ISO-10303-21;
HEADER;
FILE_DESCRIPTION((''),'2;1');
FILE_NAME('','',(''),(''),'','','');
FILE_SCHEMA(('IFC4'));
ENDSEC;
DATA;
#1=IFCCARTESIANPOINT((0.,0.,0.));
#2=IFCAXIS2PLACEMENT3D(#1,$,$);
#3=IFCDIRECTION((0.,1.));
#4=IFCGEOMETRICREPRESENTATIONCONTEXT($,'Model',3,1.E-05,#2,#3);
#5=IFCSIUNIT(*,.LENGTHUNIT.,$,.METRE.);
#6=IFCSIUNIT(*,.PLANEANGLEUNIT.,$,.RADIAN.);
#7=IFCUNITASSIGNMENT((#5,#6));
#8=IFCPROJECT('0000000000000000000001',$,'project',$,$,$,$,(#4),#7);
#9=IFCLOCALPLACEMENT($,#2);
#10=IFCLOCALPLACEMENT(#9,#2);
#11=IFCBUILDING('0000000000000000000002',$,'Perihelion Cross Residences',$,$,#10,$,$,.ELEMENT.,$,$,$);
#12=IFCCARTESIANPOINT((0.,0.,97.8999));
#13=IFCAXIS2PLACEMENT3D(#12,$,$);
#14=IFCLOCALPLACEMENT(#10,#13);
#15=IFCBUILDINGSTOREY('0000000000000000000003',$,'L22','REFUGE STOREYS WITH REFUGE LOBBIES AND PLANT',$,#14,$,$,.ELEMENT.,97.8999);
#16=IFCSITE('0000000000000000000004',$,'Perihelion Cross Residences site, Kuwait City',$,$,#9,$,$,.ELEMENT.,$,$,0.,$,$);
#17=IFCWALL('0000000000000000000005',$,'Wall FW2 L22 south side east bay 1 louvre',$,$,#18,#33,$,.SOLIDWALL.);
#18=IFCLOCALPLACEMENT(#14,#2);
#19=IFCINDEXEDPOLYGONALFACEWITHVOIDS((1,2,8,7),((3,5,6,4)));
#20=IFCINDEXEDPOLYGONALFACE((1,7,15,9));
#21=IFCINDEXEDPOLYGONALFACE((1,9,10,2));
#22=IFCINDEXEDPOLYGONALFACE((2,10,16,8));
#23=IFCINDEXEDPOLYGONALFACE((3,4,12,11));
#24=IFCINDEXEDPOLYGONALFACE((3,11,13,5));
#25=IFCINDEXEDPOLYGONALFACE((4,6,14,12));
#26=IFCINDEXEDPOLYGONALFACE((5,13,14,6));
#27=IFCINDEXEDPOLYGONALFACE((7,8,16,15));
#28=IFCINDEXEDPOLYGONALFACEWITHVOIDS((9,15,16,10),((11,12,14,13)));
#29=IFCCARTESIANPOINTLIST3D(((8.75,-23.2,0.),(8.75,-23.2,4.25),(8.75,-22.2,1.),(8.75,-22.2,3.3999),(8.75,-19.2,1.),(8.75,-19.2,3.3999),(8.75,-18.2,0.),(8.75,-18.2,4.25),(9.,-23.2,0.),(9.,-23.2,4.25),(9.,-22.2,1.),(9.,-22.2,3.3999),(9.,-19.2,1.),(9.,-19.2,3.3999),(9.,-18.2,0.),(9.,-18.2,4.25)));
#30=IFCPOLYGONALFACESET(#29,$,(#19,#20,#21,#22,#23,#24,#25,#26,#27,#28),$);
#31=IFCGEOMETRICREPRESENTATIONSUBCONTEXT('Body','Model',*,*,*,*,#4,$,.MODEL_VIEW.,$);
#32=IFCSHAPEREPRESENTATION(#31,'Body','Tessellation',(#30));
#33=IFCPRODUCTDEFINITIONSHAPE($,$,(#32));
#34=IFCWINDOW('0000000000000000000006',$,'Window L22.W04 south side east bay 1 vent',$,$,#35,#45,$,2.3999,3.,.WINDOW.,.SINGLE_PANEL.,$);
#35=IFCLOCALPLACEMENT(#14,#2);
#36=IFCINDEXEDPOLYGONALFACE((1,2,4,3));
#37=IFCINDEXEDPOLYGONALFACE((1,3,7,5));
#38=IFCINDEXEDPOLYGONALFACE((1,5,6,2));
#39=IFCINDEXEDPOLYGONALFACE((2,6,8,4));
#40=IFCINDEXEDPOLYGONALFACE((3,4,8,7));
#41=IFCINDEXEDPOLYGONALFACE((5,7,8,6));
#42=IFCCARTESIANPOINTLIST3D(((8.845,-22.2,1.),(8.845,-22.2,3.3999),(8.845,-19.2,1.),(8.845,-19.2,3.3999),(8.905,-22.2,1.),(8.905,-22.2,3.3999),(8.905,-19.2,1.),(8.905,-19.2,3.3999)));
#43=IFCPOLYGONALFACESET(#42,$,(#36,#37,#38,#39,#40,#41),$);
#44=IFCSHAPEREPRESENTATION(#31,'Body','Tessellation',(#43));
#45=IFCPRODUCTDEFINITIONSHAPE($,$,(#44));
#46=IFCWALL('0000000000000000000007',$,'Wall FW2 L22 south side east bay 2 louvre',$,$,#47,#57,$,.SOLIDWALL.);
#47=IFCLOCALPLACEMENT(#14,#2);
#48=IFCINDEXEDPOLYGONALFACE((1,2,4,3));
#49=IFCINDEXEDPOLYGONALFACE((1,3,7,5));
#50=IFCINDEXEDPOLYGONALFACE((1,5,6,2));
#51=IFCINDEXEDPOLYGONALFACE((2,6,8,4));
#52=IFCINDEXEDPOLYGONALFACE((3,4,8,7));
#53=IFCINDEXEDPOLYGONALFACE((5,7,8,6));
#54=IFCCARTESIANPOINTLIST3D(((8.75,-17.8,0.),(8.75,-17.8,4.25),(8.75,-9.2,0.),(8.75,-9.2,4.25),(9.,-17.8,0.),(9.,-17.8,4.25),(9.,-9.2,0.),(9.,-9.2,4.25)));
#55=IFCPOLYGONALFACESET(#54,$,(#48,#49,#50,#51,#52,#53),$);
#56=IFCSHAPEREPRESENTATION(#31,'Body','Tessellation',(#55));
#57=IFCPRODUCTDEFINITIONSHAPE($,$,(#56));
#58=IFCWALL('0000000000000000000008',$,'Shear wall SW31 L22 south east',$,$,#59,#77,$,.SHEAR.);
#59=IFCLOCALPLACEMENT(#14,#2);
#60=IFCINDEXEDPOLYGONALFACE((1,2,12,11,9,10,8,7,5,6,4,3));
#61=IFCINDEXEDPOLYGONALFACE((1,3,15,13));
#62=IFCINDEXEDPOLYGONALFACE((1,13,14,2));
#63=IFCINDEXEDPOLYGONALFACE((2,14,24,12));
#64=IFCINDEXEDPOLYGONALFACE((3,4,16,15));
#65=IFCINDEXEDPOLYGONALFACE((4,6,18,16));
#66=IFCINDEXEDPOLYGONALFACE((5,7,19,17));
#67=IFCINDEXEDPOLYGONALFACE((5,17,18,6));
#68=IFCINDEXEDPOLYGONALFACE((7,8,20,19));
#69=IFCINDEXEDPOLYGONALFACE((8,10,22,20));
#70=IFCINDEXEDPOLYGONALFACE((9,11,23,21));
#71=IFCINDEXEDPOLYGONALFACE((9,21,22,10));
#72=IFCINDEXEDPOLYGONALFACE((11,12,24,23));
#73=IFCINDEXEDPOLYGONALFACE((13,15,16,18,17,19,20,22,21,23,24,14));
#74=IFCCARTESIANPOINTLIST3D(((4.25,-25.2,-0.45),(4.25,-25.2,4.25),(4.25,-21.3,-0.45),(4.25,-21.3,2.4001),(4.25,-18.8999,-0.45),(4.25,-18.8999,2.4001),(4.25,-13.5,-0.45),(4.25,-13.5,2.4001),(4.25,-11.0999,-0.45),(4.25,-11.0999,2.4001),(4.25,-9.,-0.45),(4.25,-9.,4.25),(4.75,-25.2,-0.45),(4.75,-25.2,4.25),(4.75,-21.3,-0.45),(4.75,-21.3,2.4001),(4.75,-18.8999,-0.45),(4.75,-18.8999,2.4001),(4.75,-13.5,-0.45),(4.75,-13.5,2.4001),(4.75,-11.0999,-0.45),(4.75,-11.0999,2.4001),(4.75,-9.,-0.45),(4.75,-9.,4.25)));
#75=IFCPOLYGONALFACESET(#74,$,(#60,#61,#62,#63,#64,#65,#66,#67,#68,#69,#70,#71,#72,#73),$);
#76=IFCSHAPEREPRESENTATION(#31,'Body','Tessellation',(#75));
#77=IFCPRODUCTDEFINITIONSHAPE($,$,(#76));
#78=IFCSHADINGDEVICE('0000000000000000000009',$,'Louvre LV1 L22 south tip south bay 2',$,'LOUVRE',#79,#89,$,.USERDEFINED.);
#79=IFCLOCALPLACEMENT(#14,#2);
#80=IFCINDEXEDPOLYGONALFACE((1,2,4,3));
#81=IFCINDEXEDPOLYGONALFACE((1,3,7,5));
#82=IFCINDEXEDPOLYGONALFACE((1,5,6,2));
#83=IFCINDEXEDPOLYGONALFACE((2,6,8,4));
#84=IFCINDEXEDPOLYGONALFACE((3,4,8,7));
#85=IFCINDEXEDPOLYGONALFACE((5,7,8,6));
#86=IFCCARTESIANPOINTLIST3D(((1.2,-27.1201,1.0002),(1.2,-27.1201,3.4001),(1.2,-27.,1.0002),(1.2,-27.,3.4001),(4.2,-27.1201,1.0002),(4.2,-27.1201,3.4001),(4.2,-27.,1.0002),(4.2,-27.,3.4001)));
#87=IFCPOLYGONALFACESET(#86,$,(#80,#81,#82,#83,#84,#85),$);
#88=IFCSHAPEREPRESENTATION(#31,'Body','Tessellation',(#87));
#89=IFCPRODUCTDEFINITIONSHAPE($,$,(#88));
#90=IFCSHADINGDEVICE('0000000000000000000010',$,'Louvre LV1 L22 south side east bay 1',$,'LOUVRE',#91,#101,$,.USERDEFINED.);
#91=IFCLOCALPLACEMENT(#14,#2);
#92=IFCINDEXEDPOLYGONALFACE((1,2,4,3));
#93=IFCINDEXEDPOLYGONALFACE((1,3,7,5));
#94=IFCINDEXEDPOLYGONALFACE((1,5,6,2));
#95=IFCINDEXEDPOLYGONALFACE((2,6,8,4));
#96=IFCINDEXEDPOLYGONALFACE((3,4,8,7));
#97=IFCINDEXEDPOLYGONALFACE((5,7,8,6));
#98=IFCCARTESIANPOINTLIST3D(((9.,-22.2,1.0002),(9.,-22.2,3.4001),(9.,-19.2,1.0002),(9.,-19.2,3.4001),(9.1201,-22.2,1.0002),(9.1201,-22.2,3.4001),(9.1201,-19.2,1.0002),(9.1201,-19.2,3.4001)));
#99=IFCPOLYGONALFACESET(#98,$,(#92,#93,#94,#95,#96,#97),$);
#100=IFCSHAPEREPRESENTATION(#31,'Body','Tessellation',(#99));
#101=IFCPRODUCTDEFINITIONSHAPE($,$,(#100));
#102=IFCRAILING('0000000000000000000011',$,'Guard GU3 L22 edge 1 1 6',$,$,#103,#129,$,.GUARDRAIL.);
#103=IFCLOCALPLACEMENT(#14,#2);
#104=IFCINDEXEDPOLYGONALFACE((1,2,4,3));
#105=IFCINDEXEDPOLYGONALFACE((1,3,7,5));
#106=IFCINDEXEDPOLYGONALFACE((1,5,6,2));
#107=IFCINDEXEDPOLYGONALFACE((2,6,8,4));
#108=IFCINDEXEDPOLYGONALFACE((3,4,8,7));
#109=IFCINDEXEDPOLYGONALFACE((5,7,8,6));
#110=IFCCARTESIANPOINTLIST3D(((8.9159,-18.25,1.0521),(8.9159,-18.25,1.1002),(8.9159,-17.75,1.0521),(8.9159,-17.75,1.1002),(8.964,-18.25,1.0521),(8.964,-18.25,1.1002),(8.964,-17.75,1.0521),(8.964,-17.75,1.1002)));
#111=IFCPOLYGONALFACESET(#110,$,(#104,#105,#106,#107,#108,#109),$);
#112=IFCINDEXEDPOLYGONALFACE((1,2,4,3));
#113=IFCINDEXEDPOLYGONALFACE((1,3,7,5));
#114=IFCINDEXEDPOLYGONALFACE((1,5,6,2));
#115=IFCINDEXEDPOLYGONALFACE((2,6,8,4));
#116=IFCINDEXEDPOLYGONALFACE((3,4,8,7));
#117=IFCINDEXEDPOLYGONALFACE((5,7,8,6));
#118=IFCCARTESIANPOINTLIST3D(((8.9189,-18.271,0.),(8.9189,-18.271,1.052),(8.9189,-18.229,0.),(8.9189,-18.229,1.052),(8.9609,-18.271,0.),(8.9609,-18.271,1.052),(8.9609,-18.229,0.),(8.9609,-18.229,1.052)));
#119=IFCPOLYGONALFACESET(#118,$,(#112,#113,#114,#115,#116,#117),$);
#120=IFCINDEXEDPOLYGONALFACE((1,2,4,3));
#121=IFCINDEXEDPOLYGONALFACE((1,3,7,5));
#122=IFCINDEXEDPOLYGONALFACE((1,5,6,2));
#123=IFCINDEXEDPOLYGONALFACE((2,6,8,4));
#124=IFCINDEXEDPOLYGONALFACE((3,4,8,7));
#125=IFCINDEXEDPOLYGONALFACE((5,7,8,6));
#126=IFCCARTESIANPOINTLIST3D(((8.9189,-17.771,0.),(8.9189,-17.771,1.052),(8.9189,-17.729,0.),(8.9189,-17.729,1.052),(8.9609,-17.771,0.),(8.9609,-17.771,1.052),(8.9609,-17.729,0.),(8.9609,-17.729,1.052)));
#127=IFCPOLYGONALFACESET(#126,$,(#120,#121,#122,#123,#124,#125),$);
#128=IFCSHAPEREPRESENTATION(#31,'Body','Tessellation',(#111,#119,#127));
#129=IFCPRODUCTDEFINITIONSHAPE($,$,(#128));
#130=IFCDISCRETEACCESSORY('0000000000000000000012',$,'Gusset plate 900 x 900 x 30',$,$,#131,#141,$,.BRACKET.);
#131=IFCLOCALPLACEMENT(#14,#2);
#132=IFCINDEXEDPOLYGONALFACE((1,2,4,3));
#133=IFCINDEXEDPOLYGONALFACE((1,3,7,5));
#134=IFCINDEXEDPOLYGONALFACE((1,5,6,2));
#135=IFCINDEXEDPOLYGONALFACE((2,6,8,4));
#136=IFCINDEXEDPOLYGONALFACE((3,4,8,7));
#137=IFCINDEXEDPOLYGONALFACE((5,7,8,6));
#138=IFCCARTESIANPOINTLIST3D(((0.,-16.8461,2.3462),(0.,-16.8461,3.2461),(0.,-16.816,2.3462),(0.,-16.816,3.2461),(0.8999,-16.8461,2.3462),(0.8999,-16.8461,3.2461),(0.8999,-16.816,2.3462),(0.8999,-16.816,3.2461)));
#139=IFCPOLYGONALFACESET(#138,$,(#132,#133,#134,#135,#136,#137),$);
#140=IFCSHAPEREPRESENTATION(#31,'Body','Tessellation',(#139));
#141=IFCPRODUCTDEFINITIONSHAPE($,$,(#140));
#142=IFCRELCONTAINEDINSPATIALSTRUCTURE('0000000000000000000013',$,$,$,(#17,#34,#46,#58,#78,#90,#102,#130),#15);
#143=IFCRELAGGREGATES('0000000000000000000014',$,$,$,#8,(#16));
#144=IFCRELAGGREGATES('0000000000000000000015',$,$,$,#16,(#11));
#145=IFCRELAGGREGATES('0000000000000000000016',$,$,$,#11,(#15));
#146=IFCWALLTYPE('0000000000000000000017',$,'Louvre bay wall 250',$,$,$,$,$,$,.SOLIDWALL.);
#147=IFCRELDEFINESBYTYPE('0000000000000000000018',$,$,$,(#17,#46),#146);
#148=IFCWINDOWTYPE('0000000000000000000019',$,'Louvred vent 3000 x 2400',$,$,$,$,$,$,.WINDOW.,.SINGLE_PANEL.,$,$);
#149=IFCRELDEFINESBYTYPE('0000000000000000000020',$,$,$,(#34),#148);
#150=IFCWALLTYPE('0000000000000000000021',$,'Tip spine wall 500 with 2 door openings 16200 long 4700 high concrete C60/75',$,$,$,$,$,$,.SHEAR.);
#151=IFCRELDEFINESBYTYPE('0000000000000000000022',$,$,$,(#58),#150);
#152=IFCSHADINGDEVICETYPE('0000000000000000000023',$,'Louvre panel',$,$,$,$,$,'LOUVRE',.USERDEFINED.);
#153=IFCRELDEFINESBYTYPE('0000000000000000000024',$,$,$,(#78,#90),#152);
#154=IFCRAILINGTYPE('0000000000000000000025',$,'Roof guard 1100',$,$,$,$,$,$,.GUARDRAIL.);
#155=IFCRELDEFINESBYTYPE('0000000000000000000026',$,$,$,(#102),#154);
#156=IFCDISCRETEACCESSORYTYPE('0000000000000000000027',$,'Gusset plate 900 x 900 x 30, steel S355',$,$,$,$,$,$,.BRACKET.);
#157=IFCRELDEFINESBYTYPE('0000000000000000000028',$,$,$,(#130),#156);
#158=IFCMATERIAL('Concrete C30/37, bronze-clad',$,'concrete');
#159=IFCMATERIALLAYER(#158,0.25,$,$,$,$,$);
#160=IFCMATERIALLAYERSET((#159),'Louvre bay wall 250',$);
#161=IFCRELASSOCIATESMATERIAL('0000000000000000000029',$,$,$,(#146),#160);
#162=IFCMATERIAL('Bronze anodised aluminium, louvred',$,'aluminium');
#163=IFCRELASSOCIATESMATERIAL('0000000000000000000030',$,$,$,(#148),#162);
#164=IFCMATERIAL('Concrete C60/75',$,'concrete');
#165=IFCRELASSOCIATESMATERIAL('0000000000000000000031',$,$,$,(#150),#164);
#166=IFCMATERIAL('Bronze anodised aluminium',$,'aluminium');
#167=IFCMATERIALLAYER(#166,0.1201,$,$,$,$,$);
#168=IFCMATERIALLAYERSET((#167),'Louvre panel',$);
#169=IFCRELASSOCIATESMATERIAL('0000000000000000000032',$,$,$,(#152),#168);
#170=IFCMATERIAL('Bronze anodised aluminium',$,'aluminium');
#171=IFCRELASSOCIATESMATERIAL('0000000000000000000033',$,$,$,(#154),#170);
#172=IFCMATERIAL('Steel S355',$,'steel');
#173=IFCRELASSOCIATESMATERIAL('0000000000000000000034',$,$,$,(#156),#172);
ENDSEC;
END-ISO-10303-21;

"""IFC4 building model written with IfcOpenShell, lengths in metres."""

from ifc_helpers import new_model, si_unit, direction, frame, frame_2d, origin, origin_2d, place, context, subcontext, project, spatial, polyline, rectangle, outline, extrude, material, layer, layer_set, material_profile, profile_set, type_object, element, fill, save


model = new_model("IFC4")

# Units and contexts
model_context = context("Model", 3, precision=1e-05, world=origin(), true_north=direction((0.0, 1.0)))
body_context = subcontext(model_context, "Body", "Model", "MODEL_VIEW")
ifc_project = project(units=[si_unit("LENGTHUNIT", "METRE"), si_unit("PLANEANGLEUNIT", "RADIAN")], contexts=[model_context])

# Site, building, storey
site_placement = place(None, origin())
site = spatial("IfcSite", under=ifc_project, at=site_placement, Name="Perihelion Cross Residences site, Kuwait City", CompositionType="ELEMENT", RefElevation=0.0)
building_placement = place(site_placement, origin())
building = spatial("IfcBuilding", under=site, at=building_placement, Name="Perihelion Cross Residences", CompositionType="ELEMENT")
storey_placement = place(building_placement, frame((0.0, 0.0, 97.8999)))
storey = spatial("IfcBuildingStorey", under=building, at=storey_placement, Name="L22", Description="REFUGE STOREYS WITH REFUGE LOBBIES AND PLANT", CompositionType="ELEMENT", Elevation=97.8999)

# Wall, opening, window
ifc_material_1 = material(Name="Concrete C30/37, bronze-clad", Category="concrete")
ifc_layer_1 = layer(ifc_material_1, 0.25)
ifc_layer_set_1 = layer_set([ifc_layer_1], Name="Louvre bay wall 250")
wall_type_1 = type_object("IfcWallType", Name="Louvre bay wall 250", PredefinedType="SOLIDWALL", material=ifc_layer_set_1)
ifc_material_2 = material(Name="Bronze anodised aluminium, louvred", Category="aluminium")
window_type = type_object("IfcWindowType", Name="Louvred vent 3000 x 2400", PartitioningType="SINGLE_PANEL", PredefinedType="WINDOW", material=ifc_material_2)
wall_1_placement = place(storey_placement, frame((8.875, -23.2, 0.0), z_axis=(0.0, 0.0, 1.0), x_axis=(0.0, 1.0, 0.0)))
wall_1 = element("IfcWall", 1, at=wall_1_placement, inside=storey, type_object=wall_type_1, Name="Wall FW2 L22 south side east bay 1 louvre", PredefinedType="SOLIDWALL", context=body_context, shape_type="SweptSolid", body=[
    extrude(rectangle(XDim=5.0, YDim=0.25, at=frame_2d((2.5, 0.0))), origin(), (0.0, 0.0, 1.0), 4.25),
])
opening_1_placement = place(wall_1_placement, frame((1.0, 0.0, 1.0)))
opening_1 = element("IfcOpeningElement", 2, at=opening_1_placement, cuts=wall_1, PredefinedType="OPENING", context=body_context, shape_type="SweptSolid", body=[
    extrude(rectangle(XDim=3.0, YDim=2.3999, at=frame_2d((1.5, 1.2))), frame((0.0, 0.135, 0.0), z_axis=(0.0, -1.0, 0.0), x_axis=(1.0, 0.0, 0.0)), (0.0, 0.0, 1.0), 0.27),
])
window_1_placement = place(opening_1_placement, origin())
window_1 = element("IfcWindow", 3, at=window_1_placement, inside=storey, type_object=window_type, Name="Window L22.W04 south side east bay 1 vent", OverallHeight=2.3999, OverallWidth=3.0, PartitioningType="SINGLE_PANEL", PredefinedType="WINDOW", context=body_context, shape_type="SweptSolid", body=[
    extrude(rectangle(XDim=3.0, YDim=2.3999, at=frame_2d((1.5, 1.2))), frame((0.0, 0.03, 0.0), z_axis=(0.0, -1.0, 0.0), x_axis=(1.0, 0.0, 0.0)), (0.0, 0.0, 1.0), 0.0601),
])
fill(opening_1, window_1)

# Walls
wall_2_placement = place(storey_placement, frame((8.875, -17.8, 0.0), z_axis=(0.0, 0.0, 1.0), x_axis=(0.0, 1.0, 0.0)))
element("IfcWall", 4, at=wall_2_placement, inside=storey, type_object=wall_type_1, Name="Wall FW2 L22 south side east bay 2 louvre", PredefinedType="SOLIDWALL", context=body_context, shape_type="SweptSolid", body=[
    extrude(rectangle(XDim=8.6001, YDim=0.25, at=frame_2d((4.3, 0.0))), origin(), (0.0, 0.0, 1.0), 4.25),
])
ifc_material_3 = material(Name="Concrete C60/75", Category="concrete")
ifc_material_profile_1 = material_profile(ifc_material_3, outline(polyline([(0.0, 0.0), (3.8999, 0.0), (3.8999, 2.8501), (6.3, 2.8501), (6.3, 0.0), (11.7, 0.0), (11.7, 2.8501), (14.1001, 2.8501), (14.1001, 0.0), (16.2, 0.0), (16.2, 4.7), (0.0, 4.7), (0.0, 0.0)])), Name="Tip spine wall")
ifc_profile_set_1 = profile_set([ifc_material_profile_1], Name="Concrete C60/75")
wall_type_2 = type_object("IfcWallType", Name="Tip spine wall 500 with 2 door openings 16200 long 4700 high concrete C60/75", PredefinedType="SHEAR", material=ifc_profile_set_1)
wall_3_placement = place(storey_placement, frame((4.25, -25.2, -0.45), z_axis=(1.0, 0.0, 0.0), x_axis=(0.0, 1.0, 0.0)))
element("IfcWall", 5, at=wall_3_placement, inside=storey, type_object=wall_type_2, Name="Shear wall SW31 L22 south east", PredefinedType="SHEAR", context=body_context, shape_type="SweptSolid", body=[
    extrude(outline(polyline([(0.0, 0.0), (3.8999, 0.0), (3.8999, 2.8501), (6.3, 2.8501), (6.3, 0.0), (11.7, 0.0), (11.7, 2.8501), (14.1001, 2.8501), (14.1001, 0.0), (16.2, 0.0), (16.2, 4.7), (0.0, 4.7), (0.0, 0.0)])), origin(), (0.0, 0.0, 1.0), 0.5),
])

# Shading devices
ifc_material_4 = material(Name="Bronze anodised aluminium", Category="aluminium")
ifc_layer_2 = layer(ifc_material_4, 0.1201)
ifc_layer_set_2 = layer_set([ifc_layer_2], Name="Louvre panel")
shading_device_type = type_object("IfcShadingDeviceType", Name="Louvre panel", ElementType="LOUVRE", PredefinedType="USERDEFINED", material=ifc_layer_set_2)
for number, where, z_axis, x_axis, name in (
    (6, (2.7, -27.0601, 1.0002), (0.0, 0.0, 1.0), (1.0, 0.0, 0.0), "Louvre LV1 L22 south tip south bay 2"),
    (7, (9.0601, -20.7, 1.0002), (0.0, 0.0, 1.0), (0.0, 1.0, 0.0), "Louvre LV1 L22 south side east bay 1"),
):
    element("IfcShadingDevice", number, at=place(storey_placement, frame(where, z_axis=z_axis, x_axis=x_axis)), inside=storey, type_object=shading_device_type, Name=name, ObjectType="LOUVRE", PredefinedType="USERDEFINED", context=body_context, shape_type="SweptSolid", body=[
        extrude(rectangle(XDim=3.0, YDim=0.1201, at=origin_2d()), origin(), (0.0, 0.0, 1.0), 2.3999),
    ])

# Railing
ifc_material_5 = material(Name="Bronze anodised aluminium", Category="aluminium")
railing_type = type_object("IfcRailingType", Name="Roof guard 1100", PredefinedType="GUARDRAIL", material=ifc_material_5)
railing_placement = place(storey_placement, frame((8.9399, -18.25, 0.0)))
element("IfcRailing", 8, at=railing_placement, inside=storey, type_object=railing_type, Name="Guard GU3 L22 edge 1 1 6", PredefinedType="GUARDRAIL", context=body_context, shape_type="SweptSolid", body=[
    extrude(rectangle(XDim=0.0481, YDim=0.0481, at=origin_2d()), frame((0.0, 0.0, 1.0762), z_axis=(0.0, 1.0, 0.0), x_axis=(-1.0, 0.0, 0.0)), (0.0, 0.0, 1.0), 0.5),
    extrude(rectangle(XDim=0.042, YDim=0.042, at=origin_2d()), origin(), (0.0, 0.0, 1.0), 1.052),
    extrude(rectangle(XDim=0.042, YDim=0.042, at=origin_2d()), frame((0.0, 0.5, 0.0)), (0.0, 0.0, 1.0), 1.052),
])

# Discrete accessory
ifc_material_6 = material(Name="Steel S355", Category="steel")
discrete_accessory_type = type_object("IfcDiscreteAccessoryType", Name="Gusset plate 900 x 900 x 30, steel S355", PredefinedType="BRACKET", material=ifc_material_6)
discrete_accessory_placement = place(storey_placement, frame((0.45, -16.8311, 2.3462), z_axis=(0.0, 0.0, 1.0), x_axis=(1.0, 0.0, 0.0)))
element("IfcDiscreteAccessory", 9, at=discrete_accessory_placement, inside=storey, type_object=discrete_accessory_type, Name="Gusset plate 900 x 900 x 30", PredefinedType="BRACKET", context=body_context, shape_type="SweptSolid", body=[
    extrude(rectangle(XDim=0.8999, YDim=0.03, at=origin_2d()), origin(), (0.0, 0.0, 1.0), 0.8999),
])

save(model, "model.ifc")
